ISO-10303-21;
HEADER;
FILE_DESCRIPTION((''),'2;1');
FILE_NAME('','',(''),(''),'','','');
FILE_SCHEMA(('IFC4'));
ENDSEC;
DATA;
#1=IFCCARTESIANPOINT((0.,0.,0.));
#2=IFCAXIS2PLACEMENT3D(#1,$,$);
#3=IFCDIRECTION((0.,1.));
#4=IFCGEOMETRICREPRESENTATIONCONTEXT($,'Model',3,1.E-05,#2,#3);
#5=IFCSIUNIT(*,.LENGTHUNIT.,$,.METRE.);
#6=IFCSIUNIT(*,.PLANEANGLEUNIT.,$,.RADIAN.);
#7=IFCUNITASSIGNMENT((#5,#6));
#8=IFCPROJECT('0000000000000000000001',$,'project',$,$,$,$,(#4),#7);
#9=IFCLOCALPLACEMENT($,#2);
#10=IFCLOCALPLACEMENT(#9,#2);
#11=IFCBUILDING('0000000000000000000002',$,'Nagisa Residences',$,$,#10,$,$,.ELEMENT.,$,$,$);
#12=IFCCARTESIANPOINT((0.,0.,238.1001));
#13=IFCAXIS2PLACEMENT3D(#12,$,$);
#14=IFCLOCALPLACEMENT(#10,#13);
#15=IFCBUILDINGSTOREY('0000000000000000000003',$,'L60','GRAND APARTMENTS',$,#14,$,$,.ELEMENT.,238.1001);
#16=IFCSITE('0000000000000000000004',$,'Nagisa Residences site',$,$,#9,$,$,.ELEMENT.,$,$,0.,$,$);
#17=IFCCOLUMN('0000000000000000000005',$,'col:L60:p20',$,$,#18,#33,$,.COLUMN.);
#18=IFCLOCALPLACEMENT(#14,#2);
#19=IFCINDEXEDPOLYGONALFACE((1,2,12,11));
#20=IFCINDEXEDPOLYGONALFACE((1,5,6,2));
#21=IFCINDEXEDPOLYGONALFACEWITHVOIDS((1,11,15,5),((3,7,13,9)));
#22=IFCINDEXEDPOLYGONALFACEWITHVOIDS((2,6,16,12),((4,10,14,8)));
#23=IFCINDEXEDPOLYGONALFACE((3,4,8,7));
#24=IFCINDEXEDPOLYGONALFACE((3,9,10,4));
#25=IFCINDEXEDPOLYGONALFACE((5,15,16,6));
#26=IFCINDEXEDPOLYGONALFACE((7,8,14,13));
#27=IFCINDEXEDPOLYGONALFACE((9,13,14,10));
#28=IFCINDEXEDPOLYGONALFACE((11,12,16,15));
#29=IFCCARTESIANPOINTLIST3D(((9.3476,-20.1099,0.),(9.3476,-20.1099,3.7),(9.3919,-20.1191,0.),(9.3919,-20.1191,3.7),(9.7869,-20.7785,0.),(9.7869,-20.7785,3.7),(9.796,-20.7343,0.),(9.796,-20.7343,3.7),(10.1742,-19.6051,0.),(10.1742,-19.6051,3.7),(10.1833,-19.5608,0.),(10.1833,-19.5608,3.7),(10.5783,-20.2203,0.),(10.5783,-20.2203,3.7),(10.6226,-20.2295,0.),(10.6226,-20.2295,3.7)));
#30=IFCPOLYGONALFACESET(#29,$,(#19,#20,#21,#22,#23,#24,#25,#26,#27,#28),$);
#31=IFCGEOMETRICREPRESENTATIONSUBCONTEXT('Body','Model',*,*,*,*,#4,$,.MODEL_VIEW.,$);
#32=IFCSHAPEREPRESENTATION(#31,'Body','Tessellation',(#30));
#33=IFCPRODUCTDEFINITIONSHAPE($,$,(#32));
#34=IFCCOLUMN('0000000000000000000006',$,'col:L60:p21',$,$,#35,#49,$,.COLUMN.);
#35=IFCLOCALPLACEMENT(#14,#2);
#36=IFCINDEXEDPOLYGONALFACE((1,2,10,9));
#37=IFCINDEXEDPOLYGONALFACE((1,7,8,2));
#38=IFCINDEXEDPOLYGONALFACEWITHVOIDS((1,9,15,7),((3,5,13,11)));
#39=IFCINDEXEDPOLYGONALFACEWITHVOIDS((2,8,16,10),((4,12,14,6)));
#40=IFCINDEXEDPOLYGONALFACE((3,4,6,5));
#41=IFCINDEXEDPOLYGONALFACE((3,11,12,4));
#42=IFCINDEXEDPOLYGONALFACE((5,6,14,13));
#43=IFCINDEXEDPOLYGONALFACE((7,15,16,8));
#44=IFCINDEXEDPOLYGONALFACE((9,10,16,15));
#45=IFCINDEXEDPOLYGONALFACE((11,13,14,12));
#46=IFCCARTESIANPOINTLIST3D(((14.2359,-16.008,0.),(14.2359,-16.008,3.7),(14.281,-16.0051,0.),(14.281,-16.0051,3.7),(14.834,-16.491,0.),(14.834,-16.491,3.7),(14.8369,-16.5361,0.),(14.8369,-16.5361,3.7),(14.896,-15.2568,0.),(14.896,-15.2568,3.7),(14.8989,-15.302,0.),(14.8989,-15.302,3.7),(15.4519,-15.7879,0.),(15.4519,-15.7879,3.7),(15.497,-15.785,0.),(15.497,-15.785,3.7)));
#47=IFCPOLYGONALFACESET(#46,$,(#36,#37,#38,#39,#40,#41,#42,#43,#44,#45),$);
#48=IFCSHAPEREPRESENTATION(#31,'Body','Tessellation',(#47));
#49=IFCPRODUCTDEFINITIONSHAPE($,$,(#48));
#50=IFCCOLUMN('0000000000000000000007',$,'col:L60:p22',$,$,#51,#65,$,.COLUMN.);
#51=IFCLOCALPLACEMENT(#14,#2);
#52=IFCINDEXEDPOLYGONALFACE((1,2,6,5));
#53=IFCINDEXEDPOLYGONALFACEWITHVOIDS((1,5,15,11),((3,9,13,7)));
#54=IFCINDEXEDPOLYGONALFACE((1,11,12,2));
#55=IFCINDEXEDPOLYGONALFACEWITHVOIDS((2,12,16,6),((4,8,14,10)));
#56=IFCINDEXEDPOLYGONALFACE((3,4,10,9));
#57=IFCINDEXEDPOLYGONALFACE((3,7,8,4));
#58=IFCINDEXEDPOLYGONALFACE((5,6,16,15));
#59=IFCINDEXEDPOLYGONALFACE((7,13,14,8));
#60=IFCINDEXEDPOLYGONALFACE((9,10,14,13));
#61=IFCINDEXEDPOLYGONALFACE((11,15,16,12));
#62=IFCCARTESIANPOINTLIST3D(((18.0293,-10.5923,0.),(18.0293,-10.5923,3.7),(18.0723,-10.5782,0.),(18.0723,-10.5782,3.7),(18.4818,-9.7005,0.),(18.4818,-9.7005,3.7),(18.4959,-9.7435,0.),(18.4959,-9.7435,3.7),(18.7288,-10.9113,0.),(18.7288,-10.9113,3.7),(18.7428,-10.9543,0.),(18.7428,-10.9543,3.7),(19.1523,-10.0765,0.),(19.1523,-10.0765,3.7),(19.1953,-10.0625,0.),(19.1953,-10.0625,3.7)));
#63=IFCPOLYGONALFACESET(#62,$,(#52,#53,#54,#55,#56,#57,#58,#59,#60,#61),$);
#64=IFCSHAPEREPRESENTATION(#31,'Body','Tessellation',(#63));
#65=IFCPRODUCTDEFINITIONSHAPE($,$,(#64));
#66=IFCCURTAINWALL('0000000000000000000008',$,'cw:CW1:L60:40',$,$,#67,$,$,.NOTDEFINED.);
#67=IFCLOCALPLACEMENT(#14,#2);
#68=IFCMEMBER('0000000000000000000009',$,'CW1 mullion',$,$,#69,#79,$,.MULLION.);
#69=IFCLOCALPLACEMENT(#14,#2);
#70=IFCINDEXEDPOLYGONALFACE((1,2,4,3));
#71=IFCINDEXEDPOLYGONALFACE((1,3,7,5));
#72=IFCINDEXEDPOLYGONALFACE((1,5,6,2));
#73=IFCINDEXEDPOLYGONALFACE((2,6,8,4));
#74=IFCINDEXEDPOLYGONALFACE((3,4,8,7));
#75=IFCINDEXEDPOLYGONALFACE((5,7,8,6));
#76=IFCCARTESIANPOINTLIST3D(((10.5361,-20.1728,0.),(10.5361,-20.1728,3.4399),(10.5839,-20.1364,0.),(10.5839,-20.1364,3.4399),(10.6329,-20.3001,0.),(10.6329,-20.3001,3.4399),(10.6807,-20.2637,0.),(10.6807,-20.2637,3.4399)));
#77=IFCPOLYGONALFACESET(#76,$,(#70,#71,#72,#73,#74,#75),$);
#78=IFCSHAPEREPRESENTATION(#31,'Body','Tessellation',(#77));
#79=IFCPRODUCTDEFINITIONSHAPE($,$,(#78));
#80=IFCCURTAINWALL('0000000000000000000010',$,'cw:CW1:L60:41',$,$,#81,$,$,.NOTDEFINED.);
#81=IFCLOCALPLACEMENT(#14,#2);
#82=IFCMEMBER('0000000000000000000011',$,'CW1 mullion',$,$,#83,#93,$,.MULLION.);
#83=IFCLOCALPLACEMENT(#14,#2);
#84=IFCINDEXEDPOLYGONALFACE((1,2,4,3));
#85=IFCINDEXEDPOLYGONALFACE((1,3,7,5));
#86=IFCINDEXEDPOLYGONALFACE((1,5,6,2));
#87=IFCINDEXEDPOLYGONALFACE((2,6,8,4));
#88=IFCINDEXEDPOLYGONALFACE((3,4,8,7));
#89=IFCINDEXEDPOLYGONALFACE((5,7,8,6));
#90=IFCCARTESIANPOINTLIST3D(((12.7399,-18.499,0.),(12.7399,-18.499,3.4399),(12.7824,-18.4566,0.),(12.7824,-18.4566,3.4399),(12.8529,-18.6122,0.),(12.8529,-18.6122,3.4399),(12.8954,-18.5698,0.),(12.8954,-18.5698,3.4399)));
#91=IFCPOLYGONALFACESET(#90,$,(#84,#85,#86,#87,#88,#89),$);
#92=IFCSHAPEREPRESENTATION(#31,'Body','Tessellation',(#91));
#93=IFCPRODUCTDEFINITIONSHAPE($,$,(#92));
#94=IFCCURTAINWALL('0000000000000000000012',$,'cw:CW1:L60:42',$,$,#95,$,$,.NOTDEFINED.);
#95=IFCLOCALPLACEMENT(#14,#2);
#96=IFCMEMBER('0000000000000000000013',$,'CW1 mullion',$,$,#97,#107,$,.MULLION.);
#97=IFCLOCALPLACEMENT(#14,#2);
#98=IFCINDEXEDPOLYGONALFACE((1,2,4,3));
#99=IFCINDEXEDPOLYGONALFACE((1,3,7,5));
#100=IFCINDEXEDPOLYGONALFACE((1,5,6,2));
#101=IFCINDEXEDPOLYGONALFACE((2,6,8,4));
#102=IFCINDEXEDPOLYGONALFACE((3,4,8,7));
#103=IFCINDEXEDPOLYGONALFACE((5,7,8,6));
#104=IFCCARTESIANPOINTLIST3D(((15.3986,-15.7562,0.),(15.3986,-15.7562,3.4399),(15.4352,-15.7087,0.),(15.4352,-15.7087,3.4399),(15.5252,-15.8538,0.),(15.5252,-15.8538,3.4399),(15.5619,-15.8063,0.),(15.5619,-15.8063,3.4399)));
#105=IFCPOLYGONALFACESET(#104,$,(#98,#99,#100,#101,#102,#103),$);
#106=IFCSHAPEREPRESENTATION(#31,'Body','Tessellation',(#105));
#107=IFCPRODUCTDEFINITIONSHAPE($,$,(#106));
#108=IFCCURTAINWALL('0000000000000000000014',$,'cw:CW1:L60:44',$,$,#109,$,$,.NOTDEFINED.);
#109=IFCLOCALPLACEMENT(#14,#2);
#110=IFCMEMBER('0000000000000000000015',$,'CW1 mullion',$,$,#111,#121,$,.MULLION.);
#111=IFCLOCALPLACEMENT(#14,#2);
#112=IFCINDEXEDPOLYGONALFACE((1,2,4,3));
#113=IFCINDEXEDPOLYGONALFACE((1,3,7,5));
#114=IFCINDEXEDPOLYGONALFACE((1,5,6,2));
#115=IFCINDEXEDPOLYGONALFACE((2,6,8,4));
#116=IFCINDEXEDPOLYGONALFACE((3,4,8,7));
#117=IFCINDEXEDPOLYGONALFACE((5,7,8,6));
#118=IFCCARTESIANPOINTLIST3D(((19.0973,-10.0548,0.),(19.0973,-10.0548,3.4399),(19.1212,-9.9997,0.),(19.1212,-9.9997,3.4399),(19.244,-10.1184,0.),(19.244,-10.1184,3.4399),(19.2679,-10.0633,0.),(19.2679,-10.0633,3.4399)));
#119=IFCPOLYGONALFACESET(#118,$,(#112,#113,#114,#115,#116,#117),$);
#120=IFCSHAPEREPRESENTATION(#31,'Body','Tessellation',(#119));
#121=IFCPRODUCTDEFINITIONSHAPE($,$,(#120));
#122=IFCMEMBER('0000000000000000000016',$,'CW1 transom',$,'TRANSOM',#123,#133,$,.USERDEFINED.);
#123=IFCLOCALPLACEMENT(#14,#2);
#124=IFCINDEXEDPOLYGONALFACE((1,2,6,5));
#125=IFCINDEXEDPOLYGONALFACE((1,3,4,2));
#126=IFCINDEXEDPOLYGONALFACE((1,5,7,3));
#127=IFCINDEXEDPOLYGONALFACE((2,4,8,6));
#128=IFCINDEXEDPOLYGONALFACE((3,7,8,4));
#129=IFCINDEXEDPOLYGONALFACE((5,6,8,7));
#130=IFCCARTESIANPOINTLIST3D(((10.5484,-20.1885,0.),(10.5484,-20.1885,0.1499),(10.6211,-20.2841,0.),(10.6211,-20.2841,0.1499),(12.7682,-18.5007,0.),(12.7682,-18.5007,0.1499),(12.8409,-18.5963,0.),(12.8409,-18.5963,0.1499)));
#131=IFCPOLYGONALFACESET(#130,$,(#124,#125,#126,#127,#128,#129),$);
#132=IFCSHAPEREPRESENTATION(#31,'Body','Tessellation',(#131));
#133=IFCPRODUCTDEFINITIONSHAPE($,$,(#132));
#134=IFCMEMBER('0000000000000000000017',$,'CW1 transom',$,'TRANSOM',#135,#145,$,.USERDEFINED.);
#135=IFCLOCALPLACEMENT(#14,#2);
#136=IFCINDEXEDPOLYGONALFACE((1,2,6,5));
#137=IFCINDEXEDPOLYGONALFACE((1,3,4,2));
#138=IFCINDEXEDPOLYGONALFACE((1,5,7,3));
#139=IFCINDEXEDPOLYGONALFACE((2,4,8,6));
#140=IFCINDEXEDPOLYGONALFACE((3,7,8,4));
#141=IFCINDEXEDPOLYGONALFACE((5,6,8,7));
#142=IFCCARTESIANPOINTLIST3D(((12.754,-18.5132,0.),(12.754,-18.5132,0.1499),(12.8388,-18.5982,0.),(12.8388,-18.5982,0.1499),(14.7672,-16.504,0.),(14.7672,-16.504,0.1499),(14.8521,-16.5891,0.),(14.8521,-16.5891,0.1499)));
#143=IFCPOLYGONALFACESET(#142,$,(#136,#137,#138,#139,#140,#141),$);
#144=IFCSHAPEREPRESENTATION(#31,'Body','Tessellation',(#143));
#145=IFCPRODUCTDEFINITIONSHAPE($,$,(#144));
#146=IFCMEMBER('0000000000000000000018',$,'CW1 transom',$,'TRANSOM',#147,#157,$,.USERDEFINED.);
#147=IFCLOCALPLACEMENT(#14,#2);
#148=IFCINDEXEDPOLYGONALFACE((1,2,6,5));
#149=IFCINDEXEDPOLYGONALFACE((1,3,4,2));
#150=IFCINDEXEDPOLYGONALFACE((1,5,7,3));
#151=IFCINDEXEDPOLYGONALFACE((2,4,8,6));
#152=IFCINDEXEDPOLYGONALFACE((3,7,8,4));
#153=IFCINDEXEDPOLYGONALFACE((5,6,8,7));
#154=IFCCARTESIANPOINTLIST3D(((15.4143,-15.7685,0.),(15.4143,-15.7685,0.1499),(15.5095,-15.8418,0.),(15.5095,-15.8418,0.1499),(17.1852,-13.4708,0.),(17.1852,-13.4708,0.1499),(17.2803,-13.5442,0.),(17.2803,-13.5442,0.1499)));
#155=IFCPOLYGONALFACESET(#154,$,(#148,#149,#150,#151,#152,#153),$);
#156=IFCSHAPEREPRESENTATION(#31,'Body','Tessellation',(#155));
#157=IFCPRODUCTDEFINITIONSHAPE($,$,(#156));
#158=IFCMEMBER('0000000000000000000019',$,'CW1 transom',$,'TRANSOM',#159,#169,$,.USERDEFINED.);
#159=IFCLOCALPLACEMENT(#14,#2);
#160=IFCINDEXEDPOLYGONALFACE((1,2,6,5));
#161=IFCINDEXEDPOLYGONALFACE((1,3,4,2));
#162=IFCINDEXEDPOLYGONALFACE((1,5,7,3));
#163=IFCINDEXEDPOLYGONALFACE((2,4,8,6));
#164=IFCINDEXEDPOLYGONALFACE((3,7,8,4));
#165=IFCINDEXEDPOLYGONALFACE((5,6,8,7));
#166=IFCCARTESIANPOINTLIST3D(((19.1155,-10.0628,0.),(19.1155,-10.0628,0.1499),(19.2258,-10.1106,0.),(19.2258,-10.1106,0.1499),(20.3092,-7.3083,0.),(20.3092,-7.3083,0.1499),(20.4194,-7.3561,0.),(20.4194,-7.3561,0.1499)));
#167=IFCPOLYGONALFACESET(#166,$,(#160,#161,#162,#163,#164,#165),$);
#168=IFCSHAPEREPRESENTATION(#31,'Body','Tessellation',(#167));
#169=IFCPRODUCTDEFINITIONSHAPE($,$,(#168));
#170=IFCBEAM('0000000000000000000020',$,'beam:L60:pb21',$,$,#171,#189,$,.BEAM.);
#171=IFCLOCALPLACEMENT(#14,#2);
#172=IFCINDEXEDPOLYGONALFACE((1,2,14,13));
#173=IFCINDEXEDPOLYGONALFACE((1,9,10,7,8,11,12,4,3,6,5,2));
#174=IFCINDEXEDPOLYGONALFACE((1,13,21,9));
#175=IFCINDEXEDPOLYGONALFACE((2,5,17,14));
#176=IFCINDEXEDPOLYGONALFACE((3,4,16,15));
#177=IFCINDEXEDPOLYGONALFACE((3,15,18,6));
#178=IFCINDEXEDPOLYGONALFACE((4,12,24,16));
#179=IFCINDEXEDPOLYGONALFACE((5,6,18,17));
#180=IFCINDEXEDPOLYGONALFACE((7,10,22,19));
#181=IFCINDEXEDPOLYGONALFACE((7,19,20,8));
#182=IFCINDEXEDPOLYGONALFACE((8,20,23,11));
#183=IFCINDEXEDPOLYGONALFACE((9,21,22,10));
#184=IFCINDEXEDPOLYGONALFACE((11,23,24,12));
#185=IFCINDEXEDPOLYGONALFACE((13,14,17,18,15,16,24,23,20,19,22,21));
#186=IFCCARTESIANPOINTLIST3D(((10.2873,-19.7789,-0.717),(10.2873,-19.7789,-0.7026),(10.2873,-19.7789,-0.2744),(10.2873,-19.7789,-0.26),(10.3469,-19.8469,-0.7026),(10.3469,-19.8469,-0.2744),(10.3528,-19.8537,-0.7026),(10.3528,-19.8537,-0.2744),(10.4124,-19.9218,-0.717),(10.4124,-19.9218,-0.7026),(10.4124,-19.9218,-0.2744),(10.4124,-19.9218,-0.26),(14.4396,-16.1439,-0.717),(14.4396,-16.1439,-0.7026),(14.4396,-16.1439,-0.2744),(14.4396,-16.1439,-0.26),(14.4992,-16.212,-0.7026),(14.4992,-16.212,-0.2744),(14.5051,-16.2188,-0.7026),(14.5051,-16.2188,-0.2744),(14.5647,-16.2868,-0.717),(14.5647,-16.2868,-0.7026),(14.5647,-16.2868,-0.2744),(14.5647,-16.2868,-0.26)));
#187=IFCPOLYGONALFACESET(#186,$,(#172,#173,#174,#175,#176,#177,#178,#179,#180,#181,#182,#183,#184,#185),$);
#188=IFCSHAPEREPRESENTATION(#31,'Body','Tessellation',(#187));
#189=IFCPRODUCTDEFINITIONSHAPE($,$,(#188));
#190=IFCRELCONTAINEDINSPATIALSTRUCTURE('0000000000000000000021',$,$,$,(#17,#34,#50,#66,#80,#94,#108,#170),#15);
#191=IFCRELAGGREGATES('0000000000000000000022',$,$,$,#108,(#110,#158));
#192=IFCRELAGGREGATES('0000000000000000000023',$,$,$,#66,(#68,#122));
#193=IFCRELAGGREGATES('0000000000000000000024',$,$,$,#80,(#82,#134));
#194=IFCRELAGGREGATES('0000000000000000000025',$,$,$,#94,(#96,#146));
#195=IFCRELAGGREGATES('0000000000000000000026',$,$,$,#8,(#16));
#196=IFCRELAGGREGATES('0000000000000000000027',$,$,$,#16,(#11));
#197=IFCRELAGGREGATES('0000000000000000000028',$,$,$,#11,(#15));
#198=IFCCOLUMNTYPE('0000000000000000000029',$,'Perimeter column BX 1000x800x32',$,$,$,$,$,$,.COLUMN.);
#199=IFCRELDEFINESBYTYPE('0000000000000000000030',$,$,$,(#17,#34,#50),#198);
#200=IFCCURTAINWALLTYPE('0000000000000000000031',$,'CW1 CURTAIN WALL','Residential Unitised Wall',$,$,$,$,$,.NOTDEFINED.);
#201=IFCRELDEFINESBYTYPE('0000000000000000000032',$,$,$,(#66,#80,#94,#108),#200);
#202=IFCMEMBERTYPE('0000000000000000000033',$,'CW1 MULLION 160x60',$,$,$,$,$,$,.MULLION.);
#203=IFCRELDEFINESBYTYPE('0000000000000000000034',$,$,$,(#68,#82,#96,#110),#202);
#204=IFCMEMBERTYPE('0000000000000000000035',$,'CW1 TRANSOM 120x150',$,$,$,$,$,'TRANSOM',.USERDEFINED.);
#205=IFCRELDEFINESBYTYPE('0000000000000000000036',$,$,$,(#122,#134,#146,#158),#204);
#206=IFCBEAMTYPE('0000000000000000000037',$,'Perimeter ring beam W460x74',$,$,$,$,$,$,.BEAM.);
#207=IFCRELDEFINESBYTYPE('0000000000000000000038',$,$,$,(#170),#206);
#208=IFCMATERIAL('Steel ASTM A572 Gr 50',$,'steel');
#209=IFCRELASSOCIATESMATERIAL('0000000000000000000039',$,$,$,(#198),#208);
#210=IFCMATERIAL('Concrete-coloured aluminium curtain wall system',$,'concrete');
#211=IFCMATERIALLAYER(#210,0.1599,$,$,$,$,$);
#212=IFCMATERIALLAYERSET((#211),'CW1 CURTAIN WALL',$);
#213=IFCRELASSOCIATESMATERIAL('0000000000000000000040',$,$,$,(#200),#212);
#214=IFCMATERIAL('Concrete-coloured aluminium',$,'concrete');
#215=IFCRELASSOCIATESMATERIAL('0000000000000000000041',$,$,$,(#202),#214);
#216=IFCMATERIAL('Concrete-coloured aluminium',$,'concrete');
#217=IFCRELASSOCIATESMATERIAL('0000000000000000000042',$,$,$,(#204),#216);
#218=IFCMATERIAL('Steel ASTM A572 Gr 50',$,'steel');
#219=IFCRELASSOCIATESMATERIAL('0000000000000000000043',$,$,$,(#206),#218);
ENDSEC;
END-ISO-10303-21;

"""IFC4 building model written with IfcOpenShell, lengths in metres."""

from ifc_helpers import new_model, si_unit, direction, frame, origin, origin_2d, place, context, subcontext, project, spatial, rectangle, hollow_rectangle, i_section, extrude, material, layer, layer_set, material_profile, profile_set, type_object, element, aggregate, save


model = new_model("IFC4")

# Units and contexts
model_context = context("Model", 3, precision=1e-05, world=origin(), true_north=direction((0.0, 1.0)))
body_context = subcontext(model_context, "Body", "Model", "MODEL_VIEW")
ifc_project = project(units=[si_unit("LENGTHUNIT", "METRE"), si_unit("PLANEANGLEUNIT", "RADIAN")], contexts=[model_context])

# Site, building, storey
site_placement = place(None, origin())
site = spatial("IfcSite", under=ifc_project, at=site_placement, Name="Nagisa Residences site", CompositionType="ELEMENT", RefElevation=0.0)
building_placement = place(site_placement, origin())
building = spatial("IfcBuilding", under=site, at=building_placement, Name="Nagisa Residences", CompositionType="ELEMENT")
storey_placement = place(building_placement, frame((0.0, 0.0, 238.1001)))
storey = spatial("IfcBuildingStorey", under=building, at=storey_placement, Name="L60", Description="GRAND APARTMENTS", CompositionType="ELEMENT", Elevation=238.1001)

# Columns
ifc_material_1 = material(Name="Steel ASTM A572 Gr 50", Category="steel")
ifc_material_profile_1 = material_profile(ifc_material_1, hollow_rectangle(XDim=1.0, YDim=0.8, WallThickness=0.032, at=origin_2d()), Name="BX 1000x800x32")
ifc_profile_set_1 = profile_set([ifc_material_profile_1], Name="Steel ASTM A572 Gr 50")
column_type = type_object("IfcColumnType", Name="Perimeter column BX 1000x800x32", PredefinedType="COLUMN", material=ifc_profile_set_1)
for number, where, z_axis, x_axis, name in (
    (1, (9.9851, -20.1697, 0.0), (0.0, 0.0, 1.0), (0.835766, 0.549086, 0.0), "col:L60:p20"),
    (2, (14.8665, -15.8965, 0.0), (0.0, 0.0, 1.0), (0.660115, 0.751165, 0.0), "col:L60:p21"),
    (3, (18.6123, -10.3274, 0.0), (0.0, 0.0, 1.0), (0.452463, 0.891783, 0.0), "col:L60:p22"),
):
    element("IfcColumn", number, at=place(storey_placement, frame(where, z_axis=z_axis, x_axis=x_axis)), inside=storey, type_object=column_type, Name=name, PredefinedType="COLUMN", context=body_context, shape_type="SweptSolid", body=[
        extrude(hollow_rectangle(XDim=1.0, YDim=0.8, WallThickness=0.032, at=origin_2d()), origin(), (0.0, 0.0, 1.0), 3.7),
    ])

# Curtain walls, members
ifc_material_2 = material(Name="Concrete-coloured aluminium curtain wall system", Category="concrete")
ifc_layer_1 = layer(ifc_material_2, 0.1599)
ifc_layer_set_1 = layer_set([ifc_layer_1], Name="CW1 CURTAIN WALL")
curtain_wall_type = type_object("IfcCurtainWallType", Name="CW1 CURTAIN WALL", Description="Residential Unitised Wall", PredefinedType="NOTDEFINED", material=ifc_layer_set_1)
curtain_wall_1_placement = place(storey_placement, origin())
curtain_wall_1 = element("IfcCurtainWall", 4, at=curtain_wall_1_placement, inside=storey, type_object=curtain_wall_type, Name="cw:CW1:L60:40", PredefinedType="NOTDEFINED")
ifc_material_3 = material(Name="Concrete-coloured aluminium", Category="concrete")
ifc_material_profile_2 = material_profile(ifc_material_3, rectangle(XDim=0.1599, YDim=0.0601, at=origin_2d()), Name="CW1 MULLION 160x60")
ifc_profile_set_2 = profile_set([ifc_material_profile_2], Name="Concrete-coloured aluminium")
member_type_1 = type_object("IfcMemberType", Name="CW1 MULLION 160x60", PredefinedType="MULLION", material=ifc_profile_set_2)
member_1_placement = place(storey_placement, frame((10.6084, -20.2183, 0.0), z_axis=(0.0, 0.0, 1.0), x_axis=(-0.605255, 0.796031, 0.0)))
member_1 = element("IfcMember", 5, at=member_1_placement, type_object=member_type_1, Name="CW1 mullion", PredefinedType="MULLION", context=body_context, shape_type="SweptSolid", body=[
    extrude(rectangle(XDim=0.1599, YDim=0.0601, at=origin_2d()), origin(), (0.0, 0.0, 1.0), 3.4399),
])
curtain_wall_2_placement = place(storey_placement, origin())
curtain_wall_2 = element("IfcCurtainWall", 6, at=curtain_wall_2_placement, inside=storey, type_object=curtain_wall_type, Name="cw:CW1:L60:41", PredefinedType="NOTDEFINED")
member_2_placement = place(storey_placement, frame((12.8176, -18.5344, 0.0), z_axis=(0.0, 0.0, 1.0), x_axis=(-0.706377, 0.707836, 0.0)))
member_2 = element("IfcMember", 7, at=member_2_placement, type_object=member_type_1, Name="CW1 mullion", PredefinedType="MULLION", context=body_context, shape_type="SweptSolid", body=[
    extrude(rectangle(XDim=0.1599, YDim=0.0601, at=origin_2d()), origin(), (0.0, 0.0, 1.0), 3.4399),
])
curtain_wall_3_placement = place(storey_placement, origin())
curtain_wall_3 = element("IfcCurtainWall", 8, at=curtain_wall_3_placement, inside=storey, type_object=curtain_wall_type, Name="cw:CW1:L60:42", PredefinedType="NOTDEFINED")
member_3_placement = place(storey_placement, frame((15.4802, -15.7812, 0.0), z_axis=(0.0, 0.0, 1.0), x_axis=(-0.79207, 0.61043, 0.0)))
member_3 = element("IfcMember", 9, at=member_3_placement, type_object=member_type_1, Name="CW1 mullion", PredefinedType="MULLION", context=body_context, shape_type="SweptSolid", body=[
    extrude(rectangle(XDim=0.1599, YDim=0.0601, at=origin_2d()), origin(), (0.0, 0.0, 1.0), 3.4399),
])
curtain_wall_4_placement = place(storey_placement, origin())
curtain_wall_4 = element("IfcCurtainWall", 10, at=curtain_wall_4_placement, inside=storey, type_object=curtain_wall_type, Name="cw:CW1:L60:44", PredefinedType="NOTDEFINED")
member_4_placement = place(storey_placement, frame((19.1826, -10.0591, 0.0), z_axis=(0.0, 0.0, 1.0), x_axis=(-0.917543, 0.397636, 0.0)))
member_4 = element("IfcMember", 11, at=member_4_placement, type_object=member_type_1, Name="CW1 mullion", PredefinedType="MULLION", context=body_context, shape_type="SweptSolid", body=[
    extrude(rectangle(XDim=0.1599, YDim=0.0601, at=origin_2d()), origin(), (0.0, 0.0, 1.0), 3.4399),
])

# Members
ifc_material_4 = material(Name="Concrete-coloured aluminium", Category="concrete")
ifc_material_profile_3 = material_profile(ifc_material_4, rectangle(XDim=0.1201, YDim=0.1499, at=origin_2d()), Name="CW1 TRANSOM 120x150")
ifc_profile_set_3 = profile_set([ifc_material_profile_3], Name="Concrete-coloured aluminium")
member_type_2 = type_object("IfcMemberType", Name="CW1 TRANSOM 120x150", ElementType="TRANSOM", PredefinedType="USERDEFINED", material=ifc_profile_set_3)
member_5_placement = place(storey_placement, frame((10.5847, -20.2363, 0.075), z_axis=(0.796032, 0.605254, 0.0), x_axis=(-0.605254, 0.796032, 0.0)))
member_5 = element("IfcMember", 12, at=member_5_placement, type_object=member_type_2, Name="CW1 transom", ObjectType="TRANSOM", PredefinedType="USERDEFINED", context=body_context, shape_type="SweptSolid", body=[
    extrude(rectangle(XDim=0.1201, YDim=0.1499, at=origin_2d()), origin(), (0.0, 0.0, 1.0), 2.7886),
])
member_6_placement = place(storey_placement, frame((12.7964, -18.5557, 0.075), z_axis=(0.707836, 0.706377, 0.0), x_axis=(-0.706377, 0.707836, 0.0)))
member_6 = element("IfcMember", 13, at=member_6_placement, type_object=member_type_2, Name="CW1 transom", ObjectType="TRANSOM", PredefinedType="USERDEFINED", context=body_context, shape_type="SweptSolid", body=[
    extrude(rectangle(XDim=0.1201, YDim=0.1499, at=origin_2d()), origin(), (0.0, 0.0, 1.0), 2.8442),
])
member_7_placement = place(storey_placement, frame((15.4619, -15.8052, 0.075), z_axis=(0.610439, 0.792064, 0.0), x_axis=(-0.792064, 0.610439, 0.0)))
member_7 = element("IfcMember", 14, at=member_7_placement, type_object=member_type_2, Name="CW1 transom", ObjectType="TRANSOM", PredefinedType="USERDEFINED", context=body_context, shape_type="SweptSolid", body=[
    extrude(rectangle(XDim=0.1201, YDim=0.1499, at=origin_2d()), origin(), (0.0, 0.0, 1.0), 2.9009),
])
member_8_placement = place(storey_placement, frame((19.1707, -10.0867, 0.075), z_axis=(0.397617, 0.917552, 0.0), x_axis=(-0.917552, 0.397617, 0.0)))
member_8 = element("IfcMember", 15, at=member_8_placement, type_object=member_type_2, Name="CW1 transom", ObjectType="TRANSOM", PredefinedType="USERDEFINED", context=body_context, shape_type="SweptSolid", body=[
    extrude(rectangle(XDim=0.1201, YDim=0.1499, at=origin_2d()), origin(), (0.0, 0.0, 1.0), 3.002),
])
aggregate(curtain_wall_4, [member_4, member_8])

# Beam
ifc_material_5 = material(Name="Steel ASTM A572 Gr 50", Category="steel")
ifc_material_profile_4 = material_profile(ifc_material_5, i_section(OverallWidth=0.1899, OverallDepth=0.457, WebThickness=0.009, FlangeThickness=0.0144, at=origin_2d()), Name="W460x74")
ifc_profile_set_4 = profile_set([ifc_material_profile_4], Name="Steel ASTM A572 Gr 50")
beam_type_1 = type_object("IfcBeamType", Name="Perimeter ring beam W460x74", PredefinedType="BEAM", material=ifc_profile_set_4)
beam_1_placement = place(storey_placement, frame((10.3499, -19.8503, -0.4885), z_axis=(0.752423, 0.65868, 0.0), x_axis=(-0.65868, 0.752423, 0.0)))
element("IfcBeam", 16, at=beam_1_placement, inside=storey, type_object=beam_type_1, Name="beam:L60:pb21", PredefinedType="BEAM", context=body_context, shape_type="SweptSolid", body=[
    extrude(i_section(OverallWidth=0.1899, OverallDepth=0.457, WebThickness=0.009, FlangeThickness=0.0144, at=origin_2d()), origin(), (0.0, 0.0, 1.0), 5.5186),
])

aggregate(curtain_wall_1, [member_1, member_5])
aggregate(curtain_wall_2, [member_2, member_6])
aggregate(curtain_wall_3, [member_3, member_7])

save(model, "model.ifc")
